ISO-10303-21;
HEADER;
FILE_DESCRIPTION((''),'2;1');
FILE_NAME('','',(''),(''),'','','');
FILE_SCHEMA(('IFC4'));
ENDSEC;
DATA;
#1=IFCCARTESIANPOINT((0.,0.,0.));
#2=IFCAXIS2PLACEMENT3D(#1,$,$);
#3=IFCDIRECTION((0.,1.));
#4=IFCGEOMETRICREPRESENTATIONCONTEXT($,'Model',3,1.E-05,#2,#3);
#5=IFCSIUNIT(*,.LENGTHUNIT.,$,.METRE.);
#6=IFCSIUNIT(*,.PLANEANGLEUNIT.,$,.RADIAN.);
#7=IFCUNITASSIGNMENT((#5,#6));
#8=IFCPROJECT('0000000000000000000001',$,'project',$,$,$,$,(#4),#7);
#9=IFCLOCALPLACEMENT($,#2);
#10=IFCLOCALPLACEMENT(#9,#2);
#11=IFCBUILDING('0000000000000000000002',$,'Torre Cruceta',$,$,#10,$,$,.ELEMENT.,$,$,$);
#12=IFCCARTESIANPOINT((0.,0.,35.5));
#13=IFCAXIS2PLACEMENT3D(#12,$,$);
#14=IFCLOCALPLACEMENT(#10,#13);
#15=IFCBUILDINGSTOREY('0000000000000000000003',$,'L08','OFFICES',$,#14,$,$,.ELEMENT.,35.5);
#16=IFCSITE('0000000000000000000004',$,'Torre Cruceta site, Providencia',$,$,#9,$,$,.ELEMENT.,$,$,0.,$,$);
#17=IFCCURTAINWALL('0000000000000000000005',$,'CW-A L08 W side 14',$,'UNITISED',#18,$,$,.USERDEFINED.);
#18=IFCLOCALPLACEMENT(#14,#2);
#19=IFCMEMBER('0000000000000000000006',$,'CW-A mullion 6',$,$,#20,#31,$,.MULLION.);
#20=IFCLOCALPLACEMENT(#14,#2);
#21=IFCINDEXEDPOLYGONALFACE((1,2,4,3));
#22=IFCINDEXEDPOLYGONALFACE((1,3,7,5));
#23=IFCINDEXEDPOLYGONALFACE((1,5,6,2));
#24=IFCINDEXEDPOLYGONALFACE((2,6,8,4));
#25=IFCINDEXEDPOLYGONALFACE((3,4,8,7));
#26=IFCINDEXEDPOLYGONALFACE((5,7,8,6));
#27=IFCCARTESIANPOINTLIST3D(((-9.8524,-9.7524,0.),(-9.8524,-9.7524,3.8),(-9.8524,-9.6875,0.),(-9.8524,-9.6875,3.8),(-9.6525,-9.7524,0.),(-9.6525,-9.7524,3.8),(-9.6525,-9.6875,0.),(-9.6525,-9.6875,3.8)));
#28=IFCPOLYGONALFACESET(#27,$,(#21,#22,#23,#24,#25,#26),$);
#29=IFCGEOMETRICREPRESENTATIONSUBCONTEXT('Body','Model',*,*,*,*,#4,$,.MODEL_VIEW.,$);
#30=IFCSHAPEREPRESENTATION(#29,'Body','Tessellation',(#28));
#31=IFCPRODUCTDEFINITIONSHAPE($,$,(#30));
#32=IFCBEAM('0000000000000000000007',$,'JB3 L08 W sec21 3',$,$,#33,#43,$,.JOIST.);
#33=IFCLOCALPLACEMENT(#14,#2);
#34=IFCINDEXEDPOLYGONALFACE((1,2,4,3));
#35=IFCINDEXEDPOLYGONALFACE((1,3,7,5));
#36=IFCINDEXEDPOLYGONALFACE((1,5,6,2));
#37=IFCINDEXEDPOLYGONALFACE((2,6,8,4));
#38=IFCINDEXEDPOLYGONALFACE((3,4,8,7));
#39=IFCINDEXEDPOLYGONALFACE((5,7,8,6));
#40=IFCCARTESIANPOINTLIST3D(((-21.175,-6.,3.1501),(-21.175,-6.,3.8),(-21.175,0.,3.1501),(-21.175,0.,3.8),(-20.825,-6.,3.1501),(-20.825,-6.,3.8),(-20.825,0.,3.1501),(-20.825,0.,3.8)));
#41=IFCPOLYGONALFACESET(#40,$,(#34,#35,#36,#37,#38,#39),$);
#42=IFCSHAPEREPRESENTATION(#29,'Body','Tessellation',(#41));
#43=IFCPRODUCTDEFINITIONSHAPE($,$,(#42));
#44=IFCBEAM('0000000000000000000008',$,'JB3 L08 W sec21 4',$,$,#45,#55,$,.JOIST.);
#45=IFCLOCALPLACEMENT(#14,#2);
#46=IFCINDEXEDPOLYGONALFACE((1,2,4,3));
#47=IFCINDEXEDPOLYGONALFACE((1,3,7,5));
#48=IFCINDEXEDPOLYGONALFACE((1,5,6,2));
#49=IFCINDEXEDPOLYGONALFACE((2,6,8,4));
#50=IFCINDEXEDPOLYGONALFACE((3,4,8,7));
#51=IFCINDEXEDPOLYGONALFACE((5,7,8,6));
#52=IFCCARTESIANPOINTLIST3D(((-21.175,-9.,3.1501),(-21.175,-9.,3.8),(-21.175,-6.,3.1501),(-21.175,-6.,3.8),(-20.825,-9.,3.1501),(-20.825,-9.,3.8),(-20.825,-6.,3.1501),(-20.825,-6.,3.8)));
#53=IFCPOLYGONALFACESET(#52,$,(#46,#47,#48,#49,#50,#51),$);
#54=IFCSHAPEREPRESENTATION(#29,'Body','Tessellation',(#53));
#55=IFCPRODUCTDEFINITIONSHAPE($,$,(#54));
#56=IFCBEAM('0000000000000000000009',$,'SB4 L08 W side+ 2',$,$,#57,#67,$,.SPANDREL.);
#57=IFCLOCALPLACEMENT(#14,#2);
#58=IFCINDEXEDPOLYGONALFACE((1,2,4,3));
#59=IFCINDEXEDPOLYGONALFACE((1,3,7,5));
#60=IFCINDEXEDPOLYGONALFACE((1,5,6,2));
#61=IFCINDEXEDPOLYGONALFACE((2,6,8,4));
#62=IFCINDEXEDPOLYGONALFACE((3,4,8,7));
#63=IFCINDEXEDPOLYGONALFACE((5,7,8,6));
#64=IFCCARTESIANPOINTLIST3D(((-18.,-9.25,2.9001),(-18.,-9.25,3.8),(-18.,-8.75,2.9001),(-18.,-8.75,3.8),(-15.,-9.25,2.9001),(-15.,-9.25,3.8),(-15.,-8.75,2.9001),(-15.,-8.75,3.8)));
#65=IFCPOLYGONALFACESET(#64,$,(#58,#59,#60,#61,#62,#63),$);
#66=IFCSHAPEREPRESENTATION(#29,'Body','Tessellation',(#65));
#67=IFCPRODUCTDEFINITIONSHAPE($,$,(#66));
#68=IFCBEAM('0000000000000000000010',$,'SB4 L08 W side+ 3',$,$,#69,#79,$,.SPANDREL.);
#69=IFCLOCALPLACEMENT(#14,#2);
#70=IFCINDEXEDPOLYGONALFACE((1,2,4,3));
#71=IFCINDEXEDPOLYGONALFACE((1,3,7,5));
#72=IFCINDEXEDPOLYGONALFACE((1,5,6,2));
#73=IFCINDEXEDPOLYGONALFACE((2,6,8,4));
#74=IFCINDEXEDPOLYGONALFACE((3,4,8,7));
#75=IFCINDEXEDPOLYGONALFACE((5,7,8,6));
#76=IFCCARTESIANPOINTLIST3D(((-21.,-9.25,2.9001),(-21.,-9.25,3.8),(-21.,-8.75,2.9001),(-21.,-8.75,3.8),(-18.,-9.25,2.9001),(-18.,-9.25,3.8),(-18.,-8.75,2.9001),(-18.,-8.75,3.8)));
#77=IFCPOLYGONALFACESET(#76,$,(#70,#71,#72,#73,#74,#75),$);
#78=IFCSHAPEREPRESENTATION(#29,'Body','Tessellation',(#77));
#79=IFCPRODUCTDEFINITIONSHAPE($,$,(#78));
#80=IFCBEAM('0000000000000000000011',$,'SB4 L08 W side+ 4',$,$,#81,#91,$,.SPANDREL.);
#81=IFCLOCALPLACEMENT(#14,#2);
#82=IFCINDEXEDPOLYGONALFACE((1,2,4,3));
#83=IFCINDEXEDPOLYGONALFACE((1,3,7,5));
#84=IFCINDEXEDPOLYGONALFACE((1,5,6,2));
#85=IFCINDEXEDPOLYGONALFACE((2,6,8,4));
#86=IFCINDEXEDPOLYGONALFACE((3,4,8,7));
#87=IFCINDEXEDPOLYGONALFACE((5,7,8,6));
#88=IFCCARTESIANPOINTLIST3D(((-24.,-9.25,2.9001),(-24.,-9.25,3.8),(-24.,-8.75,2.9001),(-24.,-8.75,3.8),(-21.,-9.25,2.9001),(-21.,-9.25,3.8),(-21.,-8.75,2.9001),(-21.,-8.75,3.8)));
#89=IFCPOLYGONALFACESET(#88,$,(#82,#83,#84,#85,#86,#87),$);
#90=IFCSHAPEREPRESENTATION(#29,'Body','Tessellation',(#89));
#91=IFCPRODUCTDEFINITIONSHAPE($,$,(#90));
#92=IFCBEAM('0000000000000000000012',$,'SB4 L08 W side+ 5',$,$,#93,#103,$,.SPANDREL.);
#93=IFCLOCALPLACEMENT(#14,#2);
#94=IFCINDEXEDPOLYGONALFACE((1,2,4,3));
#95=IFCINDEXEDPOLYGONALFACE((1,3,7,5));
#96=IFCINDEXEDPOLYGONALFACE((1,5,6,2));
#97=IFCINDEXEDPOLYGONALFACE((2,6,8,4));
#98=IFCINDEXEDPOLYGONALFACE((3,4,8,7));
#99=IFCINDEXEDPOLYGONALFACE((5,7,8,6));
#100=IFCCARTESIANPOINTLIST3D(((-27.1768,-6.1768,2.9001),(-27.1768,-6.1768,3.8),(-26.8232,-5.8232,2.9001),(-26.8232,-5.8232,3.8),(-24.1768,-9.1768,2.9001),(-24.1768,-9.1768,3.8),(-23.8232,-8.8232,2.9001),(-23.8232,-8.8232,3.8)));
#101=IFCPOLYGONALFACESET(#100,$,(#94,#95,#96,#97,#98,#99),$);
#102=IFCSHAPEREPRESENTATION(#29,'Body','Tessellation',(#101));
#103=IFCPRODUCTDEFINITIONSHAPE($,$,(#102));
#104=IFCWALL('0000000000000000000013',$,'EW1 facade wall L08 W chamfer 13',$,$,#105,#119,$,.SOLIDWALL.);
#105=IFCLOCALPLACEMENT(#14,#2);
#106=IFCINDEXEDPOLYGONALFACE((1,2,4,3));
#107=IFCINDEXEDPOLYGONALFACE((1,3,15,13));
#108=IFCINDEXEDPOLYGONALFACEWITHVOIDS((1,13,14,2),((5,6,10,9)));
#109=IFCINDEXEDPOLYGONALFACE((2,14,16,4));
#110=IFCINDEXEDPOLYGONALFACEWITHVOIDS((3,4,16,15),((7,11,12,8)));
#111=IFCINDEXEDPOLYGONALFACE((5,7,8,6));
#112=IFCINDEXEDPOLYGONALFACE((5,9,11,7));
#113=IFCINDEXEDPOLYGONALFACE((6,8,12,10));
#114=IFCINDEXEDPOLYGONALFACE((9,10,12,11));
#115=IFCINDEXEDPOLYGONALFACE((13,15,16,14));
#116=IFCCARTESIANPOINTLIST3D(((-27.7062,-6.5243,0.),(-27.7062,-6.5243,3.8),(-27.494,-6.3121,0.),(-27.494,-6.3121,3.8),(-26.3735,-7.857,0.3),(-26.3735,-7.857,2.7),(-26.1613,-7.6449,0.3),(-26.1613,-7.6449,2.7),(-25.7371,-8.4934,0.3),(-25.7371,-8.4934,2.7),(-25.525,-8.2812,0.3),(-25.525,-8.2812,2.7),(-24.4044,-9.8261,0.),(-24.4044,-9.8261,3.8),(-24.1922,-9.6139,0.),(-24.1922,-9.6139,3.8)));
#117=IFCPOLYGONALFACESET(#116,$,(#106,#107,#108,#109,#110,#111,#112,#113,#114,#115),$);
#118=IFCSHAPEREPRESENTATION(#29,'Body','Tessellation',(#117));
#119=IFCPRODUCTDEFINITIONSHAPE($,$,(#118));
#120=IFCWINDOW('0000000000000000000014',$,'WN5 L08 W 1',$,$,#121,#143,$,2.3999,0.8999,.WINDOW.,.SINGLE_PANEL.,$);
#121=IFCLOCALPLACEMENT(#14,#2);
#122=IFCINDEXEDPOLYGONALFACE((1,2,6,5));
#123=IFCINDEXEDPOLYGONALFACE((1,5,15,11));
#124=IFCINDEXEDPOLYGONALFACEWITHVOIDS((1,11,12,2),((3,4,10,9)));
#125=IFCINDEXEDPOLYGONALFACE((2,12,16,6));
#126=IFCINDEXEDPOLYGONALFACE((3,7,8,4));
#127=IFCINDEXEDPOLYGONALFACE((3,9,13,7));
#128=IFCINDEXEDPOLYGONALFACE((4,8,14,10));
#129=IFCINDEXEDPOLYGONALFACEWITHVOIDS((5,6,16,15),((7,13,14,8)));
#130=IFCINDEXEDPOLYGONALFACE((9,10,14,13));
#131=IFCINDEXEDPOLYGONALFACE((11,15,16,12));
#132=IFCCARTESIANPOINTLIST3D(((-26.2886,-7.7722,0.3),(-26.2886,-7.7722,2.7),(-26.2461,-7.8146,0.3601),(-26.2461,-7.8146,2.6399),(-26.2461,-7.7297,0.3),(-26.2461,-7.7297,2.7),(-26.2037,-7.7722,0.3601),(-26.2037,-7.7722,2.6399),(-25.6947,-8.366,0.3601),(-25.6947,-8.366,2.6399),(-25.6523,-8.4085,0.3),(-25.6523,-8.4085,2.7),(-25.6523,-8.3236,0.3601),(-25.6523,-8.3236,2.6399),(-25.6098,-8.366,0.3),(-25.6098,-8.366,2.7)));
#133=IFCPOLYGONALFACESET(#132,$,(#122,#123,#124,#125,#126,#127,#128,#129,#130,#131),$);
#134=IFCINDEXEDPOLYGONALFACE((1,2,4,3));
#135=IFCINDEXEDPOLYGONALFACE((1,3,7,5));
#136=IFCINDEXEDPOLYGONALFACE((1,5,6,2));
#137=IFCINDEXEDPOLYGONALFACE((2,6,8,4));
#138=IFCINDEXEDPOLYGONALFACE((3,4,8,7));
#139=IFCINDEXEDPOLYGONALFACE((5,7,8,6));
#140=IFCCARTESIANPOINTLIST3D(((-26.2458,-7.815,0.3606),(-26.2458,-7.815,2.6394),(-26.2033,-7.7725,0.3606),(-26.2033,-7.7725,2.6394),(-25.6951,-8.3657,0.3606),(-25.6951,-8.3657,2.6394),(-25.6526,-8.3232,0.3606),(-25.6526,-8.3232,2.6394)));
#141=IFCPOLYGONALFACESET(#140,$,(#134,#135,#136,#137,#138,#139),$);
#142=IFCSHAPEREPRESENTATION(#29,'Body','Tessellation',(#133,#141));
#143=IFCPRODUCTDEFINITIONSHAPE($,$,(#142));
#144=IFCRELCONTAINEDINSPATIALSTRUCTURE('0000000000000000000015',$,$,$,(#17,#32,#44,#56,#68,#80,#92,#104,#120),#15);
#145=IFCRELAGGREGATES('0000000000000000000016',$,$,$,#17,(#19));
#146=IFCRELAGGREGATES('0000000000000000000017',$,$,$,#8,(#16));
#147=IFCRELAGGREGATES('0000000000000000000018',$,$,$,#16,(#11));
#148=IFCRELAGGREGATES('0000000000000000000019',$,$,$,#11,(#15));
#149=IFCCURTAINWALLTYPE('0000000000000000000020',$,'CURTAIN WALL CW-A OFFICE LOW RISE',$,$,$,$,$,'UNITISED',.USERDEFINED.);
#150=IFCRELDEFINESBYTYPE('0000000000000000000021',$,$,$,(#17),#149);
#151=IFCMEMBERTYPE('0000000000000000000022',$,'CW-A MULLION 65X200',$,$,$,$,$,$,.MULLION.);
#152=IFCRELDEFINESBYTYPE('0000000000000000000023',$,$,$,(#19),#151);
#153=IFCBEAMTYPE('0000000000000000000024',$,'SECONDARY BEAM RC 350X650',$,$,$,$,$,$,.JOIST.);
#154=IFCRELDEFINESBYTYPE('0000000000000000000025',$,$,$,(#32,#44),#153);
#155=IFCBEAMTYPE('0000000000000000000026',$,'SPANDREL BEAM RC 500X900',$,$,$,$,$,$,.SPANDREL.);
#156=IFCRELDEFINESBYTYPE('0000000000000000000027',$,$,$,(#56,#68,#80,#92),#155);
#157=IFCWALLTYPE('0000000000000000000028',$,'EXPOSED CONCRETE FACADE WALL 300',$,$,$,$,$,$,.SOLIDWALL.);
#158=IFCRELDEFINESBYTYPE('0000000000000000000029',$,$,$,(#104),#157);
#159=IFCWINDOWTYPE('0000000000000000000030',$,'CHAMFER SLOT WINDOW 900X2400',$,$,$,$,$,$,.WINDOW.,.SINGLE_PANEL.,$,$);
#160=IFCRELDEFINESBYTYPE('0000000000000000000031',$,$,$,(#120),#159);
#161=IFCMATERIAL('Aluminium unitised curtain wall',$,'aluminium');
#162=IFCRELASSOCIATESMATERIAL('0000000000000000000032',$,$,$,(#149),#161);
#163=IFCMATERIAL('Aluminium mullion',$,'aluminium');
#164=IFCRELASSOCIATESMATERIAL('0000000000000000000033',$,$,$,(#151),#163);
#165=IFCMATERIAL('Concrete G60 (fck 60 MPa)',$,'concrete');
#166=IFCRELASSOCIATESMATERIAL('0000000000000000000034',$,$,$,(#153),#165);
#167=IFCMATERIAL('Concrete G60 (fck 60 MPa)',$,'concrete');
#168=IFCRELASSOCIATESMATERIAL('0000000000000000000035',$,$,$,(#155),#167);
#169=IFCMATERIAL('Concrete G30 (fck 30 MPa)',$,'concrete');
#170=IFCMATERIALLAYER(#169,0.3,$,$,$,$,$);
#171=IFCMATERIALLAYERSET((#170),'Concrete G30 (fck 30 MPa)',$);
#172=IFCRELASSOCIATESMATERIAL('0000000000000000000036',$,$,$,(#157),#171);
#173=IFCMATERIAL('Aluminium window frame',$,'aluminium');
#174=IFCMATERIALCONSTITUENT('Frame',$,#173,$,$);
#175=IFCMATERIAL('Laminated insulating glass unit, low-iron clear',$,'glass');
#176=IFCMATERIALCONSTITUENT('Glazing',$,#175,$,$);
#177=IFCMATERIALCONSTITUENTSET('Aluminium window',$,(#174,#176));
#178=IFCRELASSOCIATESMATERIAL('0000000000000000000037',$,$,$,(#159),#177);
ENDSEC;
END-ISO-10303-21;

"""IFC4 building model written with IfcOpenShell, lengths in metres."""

from ifc_helpers import new_model, si_unit, direction, frame, frame_2d, origin, origin_2d, place, context, subcontext, project, spatial, rectangle, hollow_rectangle, extrude, material, layer, layer_set, constituent, constituent_set, material_profile, profile_set, type_object, element, fill, aggregate, save


model = new_model("IFC4")

# Units and contexts
model_context = context("Model", 3, precision=1e-05, world=origin(), true_north=direction((0.0, 1.0)))
body_context = subcontext(model_context, "Body", "Model", "MODEL_VIEW")
ifc_project = project(units=[si_unit("LENGTHUNIT", "METRE"), si_unit("PLANEANGLEUNIT", "RADIAN")], contexts=[model_context])

# Site, building, storey
site_placement = place(None, origin())
site = spatial("IfcSite", under=ifc_project, at=site_placement, Name="Torre Cruceta site, Providencia", CompositionType="ELEMENT", RefElevation=0.0)
building_placement = place(site_placement, origin())
building = spatial("IfcBuilding", under=site, at=building_placement, Name="Torre Cruceta", CompositionType="ELEMENT")
storey_placement = place(building_placement, frame((0.0, 0.0, 35.5)))
storey = spatial("IfcBuildingStorey", under=building, at=storey_placement, Name="L08", Description="OFFICES", CompositionType="ELEMENT", Elevation=35.5)

# Curtain wall, member
ifc_material_1 = material(Name="Aluminium unitised curtain wall", Category="aluminium")
curtain_wall_type = type_object("IfcCurtainWallType", Name="CURTAIN WALL CW-A OFFICE LOW RISE", ElementType="UNITISED", PredefinedType="USERDEFINED", material=ifc_material_1)
curtain_wall_placement = place(storey_placement, origin())
curtain_wall = element("IfcCurtainWall", 1, at=curtain_wall_placement, inside=storey, type_object=curtain_wall_type, Name="CW-A L08 W side 14", ObjectType="UNITISED", PredefinedType="USERDEFINED")
ifc_material_2 = material(Name="Aluminium mullion", Category="aluminium")
ifc_material_profile_1 = material_profile(ifc_material_2, rectangle(XDim=0.0649, YDim=0.2, at=origin_2d()), Name="AL 65X200")
ifc_profile_set_1 = profile_set([ifc_material_profile_1], Name="Aluminium mullion")
member_type = type_object("IfcMemberType", Name="CW-A MULLION 65X200", PredefinedType="MULLION", material=ifc_profile_set_1)
member_placement = place(storey_placement, frame((-9.7524, -9.72, 0.0), z_axis=(0.0, 0.0, 1.0), x_axis=(0.0, 1.0, 0.0)))
member = element("IfcMember", 2, at=member_placement, type_object=member_type, Name="CW-A mullion 6", PredefinedType="MULLION", context=body_context, shape_type="SweptSolid", body=[
    extrude(rectangle(XDim=0.0649, YDim=0.2, at=origin_2d()), origin(), (0.0, 0.0, 1.0), 3.8),
])
aggregate(curtain_wall, [member])

# Beams
ifc_material_3 = material(Name="Concrete G60 (fck 60 MPa)", Category="concrete")
ifc_material_profile_2 = material_profile(ifc_material_3, rectangle(XDim=0.3501, YDim=0.6499, at=origin_2d()), Name="RC 350X650")
ifc_profile_set_2 = profile_set([ifc_material_profile_2], Name="Concrete G60 (fck 60 MPa)")
beam_type_1 = type_object("IfcBeamType", Name="SECONDARY BEAM RC 350X650", PredefinedType="JOIST", material=ifc_profile_set_2)
beam_1_placement = place(storey_placement, frame((-21.0, 0.0, 3.4751), z_axis=(0.0, -1.0, 0.0), x_axis=(1.0, 0.0, 0.0)))
element("IfcBeam", 3, at=beam_1_placement, inside=storey, type_object=beam_type_1, Name="JB3 L08 W sec21 3", PredefinedType="JOIST", context=body_context, shape_type="SweptSolid", body=[
    extrude(rectangle(XDim=0.3501, YDim=0.6499, at=origin_2d()), origin(), (0.0, 0.0, 1.0), 6.0),
])
beam_2_placement = place(storey_placement, frame((-21.0, -6.0, 3.4751), z_axis=(0.0, -1.0, 0.0), x_axis=(1.0, 0.0, 0.0)))
element("IfcBeam", 4, at=beam_2_placement, inside=storey, type_object=beam_type_1, Name="JB3 L08 W sec21 4", PredefinedType="JOIST", context=body_context, shape_type="SweptSolid", body=[
    extrude(rectangle(XDim=0.3501, YDim=0.6499, at=origin_2d()), origin(), (0.0, 0.0, 1.0), 3.0),
])
ifc_material_4 = material(Name="Concrete G60 (fck 60 MPa)", Category="concrete")
ifc_material_profile_3 = material_profile(ifc_material_4, rectangle(XDim=0.5, YDim=0.8999, at=origin_2d()), Name="RC 500X900")
ifc_profile_set_3 = profile_set([ifc_material_profile_3], Name="Concrete G60 (fck 60 MPa)")
beam_type_2 = type_object("IfcBeamType", Name="SPANDREL BEAM RC 500X900", PredefinedType="SPANDREL", material=ifc_profile_set_3)
for number, where, z_axis, x_axis, name in (
    (5, (-15.0, -9.0, 3.3501), (-1.0, 0.0, 0.0), (0.0, -1.0, 0.0), "SB4 L08 W side+ 2"),
    (6, (-18.0, -9.0, 3.3501), (-1.0, 0.0, 0.0), (0.0, -1.0, 0.0), "SB4 L08 W side+ 3"),
    (7, (-21.0, -9.0, 3.3501), (-1.0, 0.0, 0.0), (0.0, -1.0, 0.0), "SB4 L08 W side+ 4"),
):
    element("IfcBeam", number, at=place(storey_placement, frame(where, z_axis=z_axis, x_axis=x_axis)), inside=storey, type_object=beam_type_2, Name=name, PredefinedType="SPANDREL", context=body_context, shape_type="SweptSolid", body=[
        extrude(rectangle(XDim=0.5, YDim=0.8999, at=origin_2d()), origin(), (0.0, 0.0, 1.0), 3.0),
    ])
beam_3_placement = place(storey_placement, frame((-24.0, -9.0, 3.3501), z_axis=(-0.707107, 0.707107, 0.0), x_axis=(-0.707107, -0.707107, 0.0)))
element("IfcBeam", 8, at=beam_3_placement, inside=storey, type_object=beam_type_2, Name="SB4 L08 W side+ 5", PredefinedType="SPANDREL", context=body_context, shape_type="SweptSolid", body=[
    extrude(rectangle(XDim=0.5, YDim=0.8999, at=origin_2d()), origin(), (0.0, 0.0, 1.0), 4.2427),
])

# Wall, opening, window
ifc_material_5 = material(Name="Concrete G30 (fck 30 MPa)", Category="concrete")
ifc_layer_1 = layer(ifc_material_5, 0.3)
ifc_layer_set_1 = layer_set([ifc_layer_1], Name="Concrete G30 (fck 30 MPa)")
wall_type_1 = type_object("IfcWallType", Name="EXPOSED CONCRETE FACADE WALL 300", PredefinedType="SOLIDWALL", material=ifc_layer_set_1)
wall_1_placement = place(storey_placement, frame((-27.6001, -6.4182, 0.0), z_axis=(0.0, 0.0, 1.0), x_axis=(0.707107, -0.707107, 0.0)))
wall_1 = element("IfcWall", 9, at=wall_1_placement, inside=storey, type_object=wall_type_1, Name="EW1 facade wall L08 W chamfer 13", PredefinedType="SOLIDWALL", context=body_context, shape_type="SweptSolid", body=[
    extrude(rectangle(XDim=4.6694, YDim=0.3, at=frame_2d((2.3347, 0.0))), origin(), (0.0, 0.0, 1.0), 3.8),
])
opening_1_placement = place(wall_1_placement, frame((1.8848, 0.0, 0.3)))
opening_1 = element("IfcOpeningElement", 10, at=opening_1_placement, cuts=wall_1, PredefinedType="OPENING", context=body_context, shape_type="SweptSolid", body=[
    extrude(rectangle(XDim=0.8999, YDim=2.3999, at=frame_2d((0.45, 1.2))), frame((0.0, 0.1599, 0.0), z_axis=(0.0, -1.0, 0.0), x_axis=(1.0, 0.0, 0.0)), (0.0, 0.0, 1.0), 0.3201),
])
ifc_material_6 = material(Name="Aluminium window frame", Category="aluminium")
ifc_constituent_1 = constituent(ifc_material_6, Name="Frame")
ifc_material_7 = material(Name="Laminated insulating glass unit, low-iron clear", Category="glass")
ifc_constituent_2 = constituent(ifc_material_7, Name="Glazing")
ifc_constituent_set_1 = constituent_set(constituents=[ifc_constituent_1, ifc_constituent_2], Name="Aluminium window")
window_type = type_object("IfcWindowType", Name="CHAMFER SLOT WINDOW 900X2400", PartitioningType="SINGLE_PANEL", PredefinedType="WINDOW", material=ifc_constituent_set_1)
window_placement = place(opening_1_placement, origin())
window = element("IfcWindow", 11, at=window_placement, inside=storey, type_object=window_type, Name="WN5 L08 W 1", OverallHeight=2.3999, OverallWidth=0.8999, PartitioningType="SINGLE_PANEL", PredefinedType="WINDOW", context=body_context, shape_type="SweptSolid", body=[
    extrude(hollow_rectangle(XDim=0.8999, YDim=2.3999, WallThickness=0.0601, at=frame_2d((0.45, 1.2))), frame((0.0, 0.03, 0.0), z_axis=(0.0, -1.0, 0.0), x_axis=(1.0, 0.0, 0.0)), (0.0, 0.0, 1.0), 0.0601),
    extrude(rectangle(XDim=0.7788, YDim=2.2788, at=frame_2d((0.45, 1.2))), frame((0.0, 0.03, 0.0), z_axis=(0.0, -1.0, 0.0), x_axis=(1.0, 0.0, 0.0)), (0.0, 0.0, 1.0), 0.0601),
])
fill(opening_1, window)

save(model, "model.ifc")
